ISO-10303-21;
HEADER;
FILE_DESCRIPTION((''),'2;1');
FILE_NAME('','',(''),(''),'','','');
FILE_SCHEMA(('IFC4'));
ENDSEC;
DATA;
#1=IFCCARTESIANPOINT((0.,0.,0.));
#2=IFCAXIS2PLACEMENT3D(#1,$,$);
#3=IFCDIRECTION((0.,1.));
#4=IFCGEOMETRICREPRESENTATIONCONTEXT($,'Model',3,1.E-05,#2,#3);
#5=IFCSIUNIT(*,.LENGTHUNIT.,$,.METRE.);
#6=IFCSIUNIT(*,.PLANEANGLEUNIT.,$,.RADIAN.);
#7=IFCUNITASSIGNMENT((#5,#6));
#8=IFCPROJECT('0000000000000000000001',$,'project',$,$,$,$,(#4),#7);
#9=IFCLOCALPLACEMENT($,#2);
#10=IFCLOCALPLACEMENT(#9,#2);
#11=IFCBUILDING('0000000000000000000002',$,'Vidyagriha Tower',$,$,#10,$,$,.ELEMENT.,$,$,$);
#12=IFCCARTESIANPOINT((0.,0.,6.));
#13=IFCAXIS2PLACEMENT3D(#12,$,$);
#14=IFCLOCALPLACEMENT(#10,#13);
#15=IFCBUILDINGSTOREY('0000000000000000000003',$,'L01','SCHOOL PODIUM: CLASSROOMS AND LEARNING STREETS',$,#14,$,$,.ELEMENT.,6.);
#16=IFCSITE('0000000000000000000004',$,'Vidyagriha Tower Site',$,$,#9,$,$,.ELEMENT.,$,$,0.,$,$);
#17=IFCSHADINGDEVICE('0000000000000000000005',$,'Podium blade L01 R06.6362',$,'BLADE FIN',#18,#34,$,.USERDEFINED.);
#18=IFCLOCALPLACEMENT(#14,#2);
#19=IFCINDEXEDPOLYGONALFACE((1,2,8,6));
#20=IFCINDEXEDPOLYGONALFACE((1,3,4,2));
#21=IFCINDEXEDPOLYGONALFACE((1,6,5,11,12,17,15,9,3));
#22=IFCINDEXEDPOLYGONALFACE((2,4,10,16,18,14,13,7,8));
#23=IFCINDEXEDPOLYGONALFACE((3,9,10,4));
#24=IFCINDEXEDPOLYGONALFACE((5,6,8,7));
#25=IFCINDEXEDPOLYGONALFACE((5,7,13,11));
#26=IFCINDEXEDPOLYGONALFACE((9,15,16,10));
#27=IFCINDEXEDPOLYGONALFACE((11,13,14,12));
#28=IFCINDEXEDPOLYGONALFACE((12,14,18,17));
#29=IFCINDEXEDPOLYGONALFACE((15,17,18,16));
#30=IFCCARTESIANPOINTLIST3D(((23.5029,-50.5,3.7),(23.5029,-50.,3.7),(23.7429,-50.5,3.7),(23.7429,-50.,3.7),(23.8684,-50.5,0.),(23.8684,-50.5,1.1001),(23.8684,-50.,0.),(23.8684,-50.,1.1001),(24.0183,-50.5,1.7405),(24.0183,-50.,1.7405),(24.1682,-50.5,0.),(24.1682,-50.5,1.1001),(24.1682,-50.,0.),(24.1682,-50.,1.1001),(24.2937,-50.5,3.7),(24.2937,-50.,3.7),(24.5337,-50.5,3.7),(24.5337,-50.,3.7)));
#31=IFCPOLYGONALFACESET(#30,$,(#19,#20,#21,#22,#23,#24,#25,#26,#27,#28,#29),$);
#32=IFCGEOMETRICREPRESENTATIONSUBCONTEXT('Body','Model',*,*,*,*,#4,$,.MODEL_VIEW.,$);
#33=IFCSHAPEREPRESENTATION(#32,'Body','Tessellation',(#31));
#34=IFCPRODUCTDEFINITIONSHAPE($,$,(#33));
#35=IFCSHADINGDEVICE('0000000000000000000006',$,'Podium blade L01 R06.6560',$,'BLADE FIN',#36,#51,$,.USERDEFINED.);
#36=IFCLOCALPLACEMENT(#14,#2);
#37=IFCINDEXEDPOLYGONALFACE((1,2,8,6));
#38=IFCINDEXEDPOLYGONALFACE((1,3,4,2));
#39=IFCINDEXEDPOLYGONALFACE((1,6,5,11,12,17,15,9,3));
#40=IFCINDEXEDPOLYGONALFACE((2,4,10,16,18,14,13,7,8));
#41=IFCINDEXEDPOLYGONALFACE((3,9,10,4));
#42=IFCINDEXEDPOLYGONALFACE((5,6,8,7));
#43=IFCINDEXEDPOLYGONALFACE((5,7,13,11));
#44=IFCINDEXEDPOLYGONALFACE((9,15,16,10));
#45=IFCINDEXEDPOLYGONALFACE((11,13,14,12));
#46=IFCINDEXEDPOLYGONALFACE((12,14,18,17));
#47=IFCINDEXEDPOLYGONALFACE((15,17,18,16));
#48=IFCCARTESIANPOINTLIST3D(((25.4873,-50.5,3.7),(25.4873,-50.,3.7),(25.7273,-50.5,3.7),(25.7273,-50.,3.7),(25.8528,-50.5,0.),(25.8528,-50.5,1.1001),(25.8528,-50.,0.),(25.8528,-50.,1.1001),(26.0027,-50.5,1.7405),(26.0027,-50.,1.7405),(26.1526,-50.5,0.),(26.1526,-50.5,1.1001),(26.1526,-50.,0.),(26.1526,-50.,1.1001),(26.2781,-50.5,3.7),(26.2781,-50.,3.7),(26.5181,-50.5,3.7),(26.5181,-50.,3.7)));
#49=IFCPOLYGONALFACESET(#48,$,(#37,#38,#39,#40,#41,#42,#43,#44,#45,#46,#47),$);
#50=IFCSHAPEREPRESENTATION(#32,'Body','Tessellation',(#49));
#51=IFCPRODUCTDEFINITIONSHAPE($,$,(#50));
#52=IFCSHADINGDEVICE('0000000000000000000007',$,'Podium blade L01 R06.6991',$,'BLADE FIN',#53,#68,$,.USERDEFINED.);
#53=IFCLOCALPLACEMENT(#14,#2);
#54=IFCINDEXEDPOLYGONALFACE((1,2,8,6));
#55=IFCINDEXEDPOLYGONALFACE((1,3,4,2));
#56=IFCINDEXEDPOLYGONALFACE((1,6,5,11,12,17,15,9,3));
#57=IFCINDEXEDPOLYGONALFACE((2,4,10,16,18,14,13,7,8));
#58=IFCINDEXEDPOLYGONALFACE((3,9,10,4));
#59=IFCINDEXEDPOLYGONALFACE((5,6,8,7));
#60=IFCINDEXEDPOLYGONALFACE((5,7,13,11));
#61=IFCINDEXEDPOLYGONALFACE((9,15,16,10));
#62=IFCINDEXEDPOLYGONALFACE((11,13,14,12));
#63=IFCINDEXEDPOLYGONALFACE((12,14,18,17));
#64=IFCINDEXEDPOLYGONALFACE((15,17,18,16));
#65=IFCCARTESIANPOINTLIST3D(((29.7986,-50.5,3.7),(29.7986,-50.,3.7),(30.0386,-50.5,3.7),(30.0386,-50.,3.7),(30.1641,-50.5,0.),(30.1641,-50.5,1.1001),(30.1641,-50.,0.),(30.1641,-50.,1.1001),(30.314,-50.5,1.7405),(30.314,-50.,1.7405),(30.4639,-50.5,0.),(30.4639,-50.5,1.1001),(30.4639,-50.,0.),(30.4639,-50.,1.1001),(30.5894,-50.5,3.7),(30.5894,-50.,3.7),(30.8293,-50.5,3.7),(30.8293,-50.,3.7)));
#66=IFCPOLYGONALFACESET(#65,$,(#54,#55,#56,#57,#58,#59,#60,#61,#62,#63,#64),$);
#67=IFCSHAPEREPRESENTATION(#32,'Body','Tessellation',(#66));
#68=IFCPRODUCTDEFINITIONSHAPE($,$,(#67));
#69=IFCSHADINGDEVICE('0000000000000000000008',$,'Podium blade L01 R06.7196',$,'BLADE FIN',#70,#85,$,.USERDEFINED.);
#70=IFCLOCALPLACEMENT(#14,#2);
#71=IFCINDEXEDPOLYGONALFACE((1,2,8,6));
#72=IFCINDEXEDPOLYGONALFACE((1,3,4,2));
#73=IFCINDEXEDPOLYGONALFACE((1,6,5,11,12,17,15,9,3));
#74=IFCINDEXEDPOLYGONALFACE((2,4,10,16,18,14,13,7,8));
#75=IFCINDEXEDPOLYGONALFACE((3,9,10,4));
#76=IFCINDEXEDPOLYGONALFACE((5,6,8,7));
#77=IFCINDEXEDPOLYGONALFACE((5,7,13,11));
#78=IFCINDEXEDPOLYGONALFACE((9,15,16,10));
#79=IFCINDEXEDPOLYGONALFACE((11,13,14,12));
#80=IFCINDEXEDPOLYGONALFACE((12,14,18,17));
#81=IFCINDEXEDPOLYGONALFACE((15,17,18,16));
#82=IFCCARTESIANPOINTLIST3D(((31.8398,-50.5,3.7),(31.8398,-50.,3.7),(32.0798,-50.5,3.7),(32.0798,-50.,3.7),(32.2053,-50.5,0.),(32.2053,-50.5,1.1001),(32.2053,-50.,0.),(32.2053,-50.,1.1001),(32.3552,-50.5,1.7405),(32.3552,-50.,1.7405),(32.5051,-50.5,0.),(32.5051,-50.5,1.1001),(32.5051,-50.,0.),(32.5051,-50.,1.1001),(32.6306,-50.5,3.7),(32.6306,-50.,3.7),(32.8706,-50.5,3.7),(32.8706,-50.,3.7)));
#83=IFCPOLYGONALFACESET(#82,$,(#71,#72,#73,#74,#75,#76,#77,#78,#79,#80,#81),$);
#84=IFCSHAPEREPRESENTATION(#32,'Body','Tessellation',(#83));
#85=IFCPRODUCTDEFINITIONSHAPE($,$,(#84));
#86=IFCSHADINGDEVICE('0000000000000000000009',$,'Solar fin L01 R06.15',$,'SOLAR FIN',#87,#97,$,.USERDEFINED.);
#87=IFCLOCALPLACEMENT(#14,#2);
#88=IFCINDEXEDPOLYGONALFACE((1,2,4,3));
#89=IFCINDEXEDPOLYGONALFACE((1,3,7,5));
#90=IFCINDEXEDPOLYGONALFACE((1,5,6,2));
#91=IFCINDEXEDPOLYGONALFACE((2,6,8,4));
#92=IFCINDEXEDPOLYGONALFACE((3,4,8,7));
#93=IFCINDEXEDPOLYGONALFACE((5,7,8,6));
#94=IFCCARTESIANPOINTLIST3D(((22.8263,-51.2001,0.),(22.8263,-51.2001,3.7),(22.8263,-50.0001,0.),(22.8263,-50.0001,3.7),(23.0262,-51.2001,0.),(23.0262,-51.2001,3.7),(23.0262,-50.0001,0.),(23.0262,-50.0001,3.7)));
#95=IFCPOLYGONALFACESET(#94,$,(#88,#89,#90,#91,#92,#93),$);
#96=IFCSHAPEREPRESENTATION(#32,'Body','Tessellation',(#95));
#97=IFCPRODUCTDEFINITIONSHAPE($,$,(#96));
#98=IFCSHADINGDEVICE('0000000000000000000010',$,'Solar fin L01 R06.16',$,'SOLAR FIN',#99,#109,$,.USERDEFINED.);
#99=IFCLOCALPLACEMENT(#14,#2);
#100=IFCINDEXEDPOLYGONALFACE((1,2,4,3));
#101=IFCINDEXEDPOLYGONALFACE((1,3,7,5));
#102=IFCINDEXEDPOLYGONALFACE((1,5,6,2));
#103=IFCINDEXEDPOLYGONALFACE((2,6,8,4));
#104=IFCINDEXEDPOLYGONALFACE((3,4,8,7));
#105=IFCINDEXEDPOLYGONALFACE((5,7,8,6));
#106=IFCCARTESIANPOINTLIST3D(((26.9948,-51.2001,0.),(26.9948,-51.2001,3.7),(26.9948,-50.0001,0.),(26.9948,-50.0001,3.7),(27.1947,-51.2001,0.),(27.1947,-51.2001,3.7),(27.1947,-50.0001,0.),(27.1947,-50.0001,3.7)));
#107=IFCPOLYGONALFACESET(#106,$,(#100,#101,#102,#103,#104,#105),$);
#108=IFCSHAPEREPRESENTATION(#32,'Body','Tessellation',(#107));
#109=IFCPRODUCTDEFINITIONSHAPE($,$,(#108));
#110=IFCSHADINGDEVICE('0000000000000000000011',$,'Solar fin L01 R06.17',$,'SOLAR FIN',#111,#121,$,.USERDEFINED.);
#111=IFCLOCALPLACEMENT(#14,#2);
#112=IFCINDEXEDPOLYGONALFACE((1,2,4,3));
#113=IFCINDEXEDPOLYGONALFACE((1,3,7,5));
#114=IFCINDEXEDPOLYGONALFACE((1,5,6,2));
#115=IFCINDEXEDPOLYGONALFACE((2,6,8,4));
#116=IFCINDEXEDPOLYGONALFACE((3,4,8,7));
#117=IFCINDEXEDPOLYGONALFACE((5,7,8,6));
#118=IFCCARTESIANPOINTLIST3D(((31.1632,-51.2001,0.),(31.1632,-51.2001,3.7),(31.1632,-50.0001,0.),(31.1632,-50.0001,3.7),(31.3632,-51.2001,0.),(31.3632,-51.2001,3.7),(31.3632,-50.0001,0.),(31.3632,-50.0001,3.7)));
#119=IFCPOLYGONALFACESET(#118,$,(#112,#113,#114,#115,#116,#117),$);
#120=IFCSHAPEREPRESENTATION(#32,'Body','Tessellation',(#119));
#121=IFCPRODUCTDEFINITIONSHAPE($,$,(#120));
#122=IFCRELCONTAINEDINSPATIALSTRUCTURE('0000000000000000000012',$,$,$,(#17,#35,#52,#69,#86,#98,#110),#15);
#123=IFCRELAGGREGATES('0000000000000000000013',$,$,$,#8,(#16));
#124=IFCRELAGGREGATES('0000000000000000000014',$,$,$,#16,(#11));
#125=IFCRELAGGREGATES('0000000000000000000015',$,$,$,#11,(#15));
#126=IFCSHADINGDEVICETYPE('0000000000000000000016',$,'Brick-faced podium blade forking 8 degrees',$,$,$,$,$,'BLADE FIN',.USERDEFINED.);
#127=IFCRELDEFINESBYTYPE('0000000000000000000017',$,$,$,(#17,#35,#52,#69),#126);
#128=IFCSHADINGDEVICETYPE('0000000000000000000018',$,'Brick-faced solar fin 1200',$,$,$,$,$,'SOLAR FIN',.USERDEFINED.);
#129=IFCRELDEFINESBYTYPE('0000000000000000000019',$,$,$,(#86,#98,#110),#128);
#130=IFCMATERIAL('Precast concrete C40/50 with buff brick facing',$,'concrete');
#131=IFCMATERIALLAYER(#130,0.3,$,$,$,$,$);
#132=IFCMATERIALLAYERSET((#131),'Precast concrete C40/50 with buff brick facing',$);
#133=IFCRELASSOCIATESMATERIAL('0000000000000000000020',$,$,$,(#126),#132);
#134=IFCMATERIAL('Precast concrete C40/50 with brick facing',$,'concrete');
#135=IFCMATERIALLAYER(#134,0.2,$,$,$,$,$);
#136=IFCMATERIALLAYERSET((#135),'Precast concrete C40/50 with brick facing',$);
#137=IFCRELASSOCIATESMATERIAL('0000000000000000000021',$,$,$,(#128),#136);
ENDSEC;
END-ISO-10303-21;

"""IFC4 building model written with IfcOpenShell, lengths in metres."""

from ifc_helpers import new_model, si_unit, direction, frame, frame_2d, origin, place, context, subcontext, project, spatial, polyline, rectangle, outline, extrude, material, layer, layer_set, type_object, element, save


model = new_model("IFC4")

# Units and contexts
model_context = context("Model", 3, precision=1e-05, world=origin(), true_north=direction((0.0, 1.0)))
body_context = subcontext(model_context, "Body", "Model", "MODEL_VIEW")
ifc_project = project(units=[si_unit("LENGTHUNIT", "METRE"), si_unit("PLANEANGLEUNIT", "RADIAN")], contexts=[model_context])

# Site, building, storey
site_placement = place(None, origin())
site = spatial("IfcSite", under=ifc_project, at=site_placement, Name="Vidyagriha Tower Site", CompositionType="ELEMENT", RefElevation=0.0)
building_placement = place(site_placement, origin())
building = spatial("IfcBuilding", under=site, at=building_placement, Name="Vidyagriha Tower", CompositionType="ELEMENT")
storey_placement = place(building_placement, frame((0.0, 0.0, 6.0)))
storey = spatial("IfcBuildingStorey", under=building, at=storey_placement, Name="L01", Description="SCHOOL PODIUM: CLASSROOMS AND LEARNING STREETS", CompositionType="ELEMENT", Elevation=6.0)

# Shading devices
ifc_material_1 = material(Name="Precast concrete C40/50 with buff brick facing", Category="concrete")
ifc_layer_1 = layer(ifc_material_1, 0.3)
ifc_layer_set_1 = layer_set([ifc_layer_1], Name="Precast concrete C40/50 with buff brick facing")
shading_device_type_1 = type_object("IfcShadingDeviceType", Name="Brick-faced podium blade forking 8 degrees", ElementType="BLADE FIN", PredefinedType="USERDEFINED", material=ifc_layer_set_1)
for number, where, name in (
    (1, (23.5029, -50.25, 0.0), "Podium blade L01 R06.6362"),
    (2, (25.4873, -50.25, 0.0), "Podium blade L01 R06.6560"),
    (3, (29.7986, -50.25, 0.0), "Podium blade L01 R06.6991"),
    (4, (31.8398, -50.25, 0.0), "Podium blade L01 R06.7196"),
):
    element("IfcShadingDevice", number, at=place(storey_placement, frame(where)), inside=storey, type_object=shading_device_type_1, Name=name, ObjectType="BLADE FIN", PredefinedType="USERDEFINED", context=body_context, shape_type="SweptSolid", body=[
        extrude(outline(polyline([(0.6653, 0.0), (0.6653, 1.1001), (1.0308, 3.7), (0.7908, 3.7), (0.5154, 1.7405), (0.24, 3.7), (0.0, 3.7), (0.3655, 1.1001), (0.3655, 0.0), (0.6653, 0.0)])), frame((0.0, 0.25, 0.0), z_axis=(0.0, -1.0, 0.0), x_axis=(1.0, 0.0, 0.0)), (0.0, 0.0, 1.0), 0.5),
    ])
ifc_material_2 = material(Name="Precast concrete C40/50 with brick facing", Category="concrete")
ifc_layer_2 = layer(ifc_material_2, 0.2)
ifc_layer_set_2 = layer_set([ifc_layer_2], Name="Precast concrete C40/50 with brick facing")
shading_device_type_2 = type_object("IfcShadingDeviceType", Name="Brick-faced solar fin 1200", ElementType="SOLAR FIN", PredefinedType="USERDEFINED", material=ifc_layer_set_2)
for number, where, z_axis, x_axis, name in (
    (5, (22.9263, -50.0, 0.0), (0.0, 0.0, 1.0), (0.0, -1.0, 0.0), "Solar fin L01 R06.15"),
    (6, (27.0947, -50.0, 0.0), (0.0, 0.0, 1.0), (0.0, -1.0, 0.0), "Solar fin L01 R06.16"),
    (7, (31.2632, -50.0, 0.0), (0.0, 0.0, 1.0), (0.0, -1.0, 0.0), "Solar fin L01 R06.17"),
):
    element("IfcShadingDevice", number, at=place(storey_placement, frame(where, z_axis=z_axis, x_axis=x_axis)), inside=storey, type_object=shading_device_type_2, Name=name, ObjectType="SOLAR FIN", PredefinedType="USERDEFINED", context=body_context, shape_type="SweptSolid", body=[
        extrude(rectangle(XDim=1.2, YDim=0.2, at=frame_2d((0.6001, 0.0))), origin(), (0.0, 0.0, 1.0), 3.7),
    ])

save(model, "model.ifc")
